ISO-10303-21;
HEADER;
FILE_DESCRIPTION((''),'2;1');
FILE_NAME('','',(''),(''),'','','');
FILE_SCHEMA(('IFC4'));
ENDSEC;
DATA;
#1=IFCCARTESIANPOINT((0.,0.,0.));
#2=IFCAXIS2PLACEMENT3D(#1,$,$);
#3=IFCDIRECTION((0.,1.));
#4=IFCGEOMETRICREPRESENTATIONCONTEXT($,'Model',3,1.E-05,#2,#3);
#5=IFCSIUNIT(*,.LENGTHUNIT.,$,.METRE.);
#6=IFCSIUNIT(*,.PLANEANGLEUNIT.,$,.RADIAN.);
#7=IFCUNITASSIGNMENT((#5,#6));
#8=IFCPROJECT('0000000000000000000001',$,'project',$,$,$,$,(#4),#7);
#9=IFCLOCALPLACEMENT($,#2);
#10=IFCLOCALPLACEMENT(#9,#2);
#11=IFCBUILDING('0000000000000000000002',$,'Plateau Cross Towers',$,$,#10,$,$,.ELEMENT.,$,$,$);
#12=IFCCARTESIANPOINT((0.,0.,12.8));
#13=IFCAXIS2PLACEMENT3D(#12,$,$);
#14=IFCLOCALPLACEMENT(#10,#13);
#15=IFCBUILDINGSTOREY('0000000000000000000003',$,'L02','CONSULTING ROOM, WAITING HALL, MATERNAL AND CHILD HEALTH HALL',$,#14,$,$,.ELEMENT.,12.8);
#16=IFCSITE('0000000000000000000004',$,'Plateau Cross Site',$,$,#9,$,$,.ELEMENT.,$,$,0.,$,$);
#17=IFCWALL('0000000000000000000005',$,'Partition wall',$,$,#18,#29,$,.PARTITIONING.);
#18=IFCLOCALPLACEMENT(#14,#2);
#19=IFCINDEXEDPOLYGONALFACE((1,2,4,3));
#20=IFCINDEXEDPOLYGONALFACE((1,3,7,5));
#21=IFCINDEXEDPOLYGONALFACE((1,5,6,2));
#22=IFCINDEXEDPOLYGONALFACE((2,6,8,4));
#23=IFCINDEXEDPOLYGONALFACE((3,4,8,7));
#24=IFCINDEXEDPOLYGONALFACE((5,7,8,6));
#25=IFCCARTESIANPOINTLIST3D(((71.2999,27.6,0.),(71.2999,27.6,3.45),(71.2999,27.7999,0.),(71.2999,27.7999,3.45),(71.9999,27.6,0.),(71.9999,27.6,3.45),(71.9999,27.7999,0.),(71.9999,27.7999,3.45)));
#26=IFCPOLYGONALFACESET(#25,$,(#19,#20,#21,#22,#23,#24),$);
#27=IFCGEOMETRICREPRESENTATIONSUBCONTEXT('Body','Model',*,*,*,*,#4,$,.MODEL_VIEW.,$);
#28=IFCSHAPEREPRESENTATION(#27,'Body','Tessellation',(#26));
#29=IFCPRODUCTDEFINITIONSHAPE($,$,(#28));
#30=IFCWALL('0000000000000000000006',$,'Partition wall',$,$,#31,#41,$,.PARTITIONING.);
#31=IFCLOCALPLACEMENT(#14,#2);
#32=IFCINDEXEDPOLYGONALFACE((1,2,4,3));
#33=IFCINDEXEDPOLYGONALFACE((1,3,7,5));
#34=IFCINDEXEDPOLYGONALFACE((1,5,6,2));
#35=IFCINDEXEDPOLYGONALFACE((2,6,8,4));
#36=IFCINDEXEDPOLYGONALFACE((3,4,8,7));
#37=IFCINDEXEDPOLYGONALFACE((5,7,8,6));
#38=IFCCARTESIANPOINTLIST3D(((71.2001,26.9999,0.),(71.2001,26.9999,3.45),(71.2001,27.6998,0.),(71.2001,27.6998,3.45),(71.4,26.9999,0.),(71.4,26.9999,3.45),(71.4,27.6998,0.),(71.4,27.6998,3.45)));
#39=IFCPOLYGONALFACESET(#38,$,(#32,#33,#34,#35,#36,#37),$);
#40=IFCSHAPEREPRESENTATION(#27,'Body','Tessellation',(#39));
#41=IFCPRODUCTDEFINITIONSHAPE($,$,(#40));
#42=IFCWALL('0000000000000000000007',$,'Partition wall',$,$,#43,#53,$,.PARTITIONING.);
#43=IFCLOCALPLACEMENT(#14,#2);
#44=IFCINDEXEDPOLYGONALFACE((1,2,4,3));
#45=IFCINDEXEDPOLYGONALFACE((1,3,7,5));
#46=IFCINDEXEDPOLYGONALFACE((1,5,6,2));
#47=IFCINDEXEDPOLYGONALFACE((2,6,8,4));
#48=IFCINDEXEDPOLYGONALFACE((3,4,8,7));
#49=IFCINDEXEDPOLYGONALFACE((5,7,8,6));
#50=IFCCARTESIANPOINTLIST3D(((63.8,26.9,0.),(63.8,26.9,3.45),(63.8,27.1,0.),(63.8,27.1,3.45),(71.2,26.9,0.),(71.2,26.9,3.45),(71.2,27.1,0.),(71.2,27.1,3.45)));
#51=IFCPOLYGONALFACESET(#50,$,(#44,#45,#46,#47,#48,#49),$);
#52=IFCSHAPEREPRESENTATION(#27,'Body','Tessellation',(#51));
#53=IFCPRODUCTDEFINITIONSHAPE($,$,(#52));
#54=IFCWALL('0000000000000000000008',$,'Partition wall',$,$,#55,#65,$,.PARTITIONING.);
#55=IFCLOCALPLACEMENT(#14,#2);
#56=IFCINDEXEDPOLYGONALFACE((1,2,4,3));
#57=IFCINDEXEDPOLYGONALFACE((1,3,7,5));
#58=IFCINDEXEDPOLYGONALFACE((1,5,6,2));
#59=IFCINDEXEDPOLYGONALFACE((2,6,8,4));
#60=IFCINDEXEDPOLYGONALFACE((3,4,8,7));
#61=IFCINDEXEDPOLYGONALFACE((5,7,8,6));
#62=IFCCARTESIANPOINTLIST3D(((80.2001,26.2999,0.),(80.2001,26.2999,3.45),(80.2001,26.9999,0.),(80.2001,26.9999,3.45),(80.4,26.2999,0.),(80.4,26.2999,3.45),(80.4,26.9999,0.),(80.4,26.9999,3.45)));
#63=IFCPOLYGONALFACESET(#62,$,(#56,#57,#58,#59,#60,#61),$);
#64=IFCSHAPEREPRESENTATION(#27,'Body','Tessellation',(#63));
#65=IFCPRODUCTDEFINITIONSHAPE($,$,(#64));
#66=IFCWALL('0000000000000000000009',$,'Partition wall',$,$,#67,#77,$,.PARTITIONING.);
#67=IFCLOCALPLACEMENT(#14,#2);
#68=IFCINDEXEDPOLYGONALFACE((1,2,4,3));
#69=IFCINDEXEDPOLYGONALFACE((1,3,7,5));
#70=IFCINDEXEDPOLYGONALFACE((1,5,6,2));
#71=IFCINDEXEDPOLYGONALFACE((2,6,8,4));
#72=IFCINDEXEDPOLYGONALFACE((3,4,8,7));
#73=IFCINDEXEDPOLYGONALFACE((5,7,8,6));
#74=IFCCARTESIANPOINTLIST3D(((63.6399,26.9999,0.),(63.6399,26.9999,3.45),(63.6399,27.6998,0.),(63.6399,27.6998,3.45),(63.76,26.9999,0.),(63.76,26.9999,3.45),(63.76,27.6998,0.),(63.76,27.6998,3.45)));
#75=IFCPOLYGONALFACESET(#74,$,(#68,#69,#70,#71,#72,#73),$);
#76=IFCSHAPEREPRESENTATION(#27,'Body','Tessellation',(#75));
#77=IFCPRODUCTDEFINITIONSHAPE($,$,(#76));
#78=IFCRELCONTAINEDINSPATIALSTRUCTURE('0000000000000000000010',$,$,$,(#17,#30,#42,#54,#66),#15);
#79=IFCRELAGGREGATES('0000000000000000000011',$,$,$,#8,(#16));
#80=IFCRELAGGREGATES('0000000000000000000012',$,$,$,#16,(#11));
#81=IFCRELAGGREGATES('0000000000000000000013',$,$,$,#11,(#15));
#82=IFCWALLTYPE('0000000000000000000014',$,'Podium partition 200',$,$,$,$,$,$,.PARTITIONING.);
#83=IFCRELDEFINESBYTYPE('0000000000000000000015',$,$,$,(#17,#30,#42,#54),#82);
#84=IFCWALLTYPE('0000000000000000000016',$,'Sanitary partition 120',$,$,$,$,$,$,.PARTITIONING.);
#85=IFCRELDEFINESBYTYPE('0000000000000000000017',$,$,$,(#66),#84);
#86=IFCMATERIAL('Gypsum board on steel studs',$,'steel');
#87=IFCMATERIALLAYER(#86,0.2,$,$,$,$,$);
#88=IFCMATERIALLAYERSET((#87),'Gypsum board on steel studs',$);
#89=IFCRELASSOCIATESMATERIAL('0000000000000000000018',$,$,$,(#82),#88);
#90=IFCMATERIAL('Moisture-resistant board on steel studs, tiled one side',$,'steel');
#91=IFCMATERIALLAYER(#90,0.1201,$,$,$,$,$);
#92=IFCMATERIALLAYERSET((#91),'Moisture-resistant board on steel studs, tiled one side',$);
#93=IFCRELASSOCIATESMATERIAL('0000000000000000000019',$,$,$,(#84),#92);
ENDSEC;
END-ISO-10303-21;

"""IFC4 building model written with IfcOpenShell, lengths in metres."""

from ifc_helpers import new_model, si_unit, direction, frame, frame_2d, origin, place, context, subcontext, project, spatial, rectangle, extrude, material, layer, layer_set, type_object, element, save


model = new_model("IFC4")

# Units and contexts
model_context = context("Model", 3, precision=1e-05, world=origin(), true_north=direction((0.0, 1.0)))
body_context = subcontext(model_context, "Body", "Model", "MODEL_VIEW")
ifc_project = project(units=[si_unit("LENGTHUNIT", "METRE"), si_unit("PLANEANGLEUNIT", "RADIAN")], contexts=[model_context])

# Site, building, storey
site_placement = place(None, origin())
site = spatial("IfcSite", under=ifc_project, at=site_placement, Name="Plateau Cross Site", CompositionType="ELEMENT", RefElevation=0.0)
building_placement = place(site_placement, origin())
building = spatial("IfcBuilding", under=site, at=building_placement, Name="Plateau Cross Towers", CompositionType="ELEMENT")
storey_placement = place(building_placement, frame((0.0, 0.0, 12.8)))
storey = spatial("IfcBuildingStorey", under=building, at=storey_placement, Name="L02", Description="CONSULTING ROOM, WAITING HALL, MATERNAL AND CHILD HEALTH HALL", CompositionType="ELEMENT", Elevation=12.8)

# Shared definitions
ifc_material_1 = material(Name="Gypsum board on steel studs", Category="steel")
ifc_layer_1 = layer(ifc_material_1, 0.2)
ifc_layer_set_1 = layer_set([ifc_layer_1], Name="Gypsum board on steel studs")
wall_type_1 = type_object("IfcWallType", Name="Podium partition 200", PredefinedType="PARTITIONING", material=ifc_layer_set_1)

# Walls
for number, where, z_axis, x_axis, name in (
    (1, (72.0, 27.7, 0.0), (0.0, 0.0, 1.0), (-1.0, 0.0, 0.0), "Partition wall"),
    (2, (71.3, 27.7, 0.0), (0.0, 0.0, 1.0), (0.0, -1.0, 0.0), "Partition wall"),
):
    element("IfcWall", number, at=place(storey_placement, frame(where, z_axis=z_axis, x_axis=x_axis)), inside=storey, type_object=wall_type_1, Name=name, PredefinedType="PARTITIONING", context=body_context, shape_type="SweptSolid", body=[
        extrude(rectangle(XDim=0.7, YDim=0.2, at=frame_2d((0.3501, 0.0))), origin(), (0.0, 0.0, 1.0), 3.45),
    ])
wall_1_placement = place(storey_placement, frame((63.8, 27.0, 0.0), z_axis=(0.0, 0.0, 1.0), x_axis=(1.0, 0.0, 0.0)))
element("IfcWall", 3, at=wall_1_placement, inside=storey, type_object=wall_type_1, Name="Partition wall", PredefinedType="PARTITIONING", context=body_context, shape_type="SweptSolid", body=[
    extrude(rectangle(XDim=7.3999, YDim=0.2, at=frame_2d((3.7, 0.0))), origin(), (0.0, 0.0, 1.0), 3.45),
])
wall_2_placement = place(storey_placement, frame((80.3, 27.0, 0.0), z_axis=(0.0, 0.0, 1.0), x_axis=(0.0, -1.0, 0.0)))
element("IfcWall", 4, at=wall_2_placement, inside=storey, type_object=wall_type_1, Name="Partition wall", PredefinedType="PARTITIONING", context=body_context, shape_type="SweptSolid", body=[
    extrude(rectangle(XDim=0.7, YDim=0.2, at=frame_2d((0.3501, 0.0))), origin(), (0.0, 0.0, 1.0), 3.45),
])
ifc_material_2 = material(Name="Moisture-resistant board on steel studs, tiled one side", Category="steel")
ifc_layer_2 = layer(ifc_material_2, 0.1201)
ifc_layer_set_2 = layer_set([ifc_layer_2], Name="Moisture-resistant board on steel studs, tiled one side")
wall_type_2 = type_object("IfcWallType", Name="Sanitary partition 120", PredefinedType="PARTITIONING", material=ifc_layer_set_2)
wall_3_placement = place(storey_placement, frame((63.7, 27.7, 0.0), z_axis=(0.0, 0.0, 1.0), x_axis=(0.0, -1.0, 0.0)))
element("IfcWall", 5, at=wall_3_placement, inside=storey, type_object=wall_type_2, Name="Partition wall", PredefinedType="PARTITIONING", context=body_context, shape_type="SweptSolid", body=[
    extrude(rectangle(XDim=0.7, YDim=0.1201, at=frame_2d((0.3501, 0.0))), origin(), (0.0, 0.0, 1.0), 3.45),
])

save(model, "model.ifc")
